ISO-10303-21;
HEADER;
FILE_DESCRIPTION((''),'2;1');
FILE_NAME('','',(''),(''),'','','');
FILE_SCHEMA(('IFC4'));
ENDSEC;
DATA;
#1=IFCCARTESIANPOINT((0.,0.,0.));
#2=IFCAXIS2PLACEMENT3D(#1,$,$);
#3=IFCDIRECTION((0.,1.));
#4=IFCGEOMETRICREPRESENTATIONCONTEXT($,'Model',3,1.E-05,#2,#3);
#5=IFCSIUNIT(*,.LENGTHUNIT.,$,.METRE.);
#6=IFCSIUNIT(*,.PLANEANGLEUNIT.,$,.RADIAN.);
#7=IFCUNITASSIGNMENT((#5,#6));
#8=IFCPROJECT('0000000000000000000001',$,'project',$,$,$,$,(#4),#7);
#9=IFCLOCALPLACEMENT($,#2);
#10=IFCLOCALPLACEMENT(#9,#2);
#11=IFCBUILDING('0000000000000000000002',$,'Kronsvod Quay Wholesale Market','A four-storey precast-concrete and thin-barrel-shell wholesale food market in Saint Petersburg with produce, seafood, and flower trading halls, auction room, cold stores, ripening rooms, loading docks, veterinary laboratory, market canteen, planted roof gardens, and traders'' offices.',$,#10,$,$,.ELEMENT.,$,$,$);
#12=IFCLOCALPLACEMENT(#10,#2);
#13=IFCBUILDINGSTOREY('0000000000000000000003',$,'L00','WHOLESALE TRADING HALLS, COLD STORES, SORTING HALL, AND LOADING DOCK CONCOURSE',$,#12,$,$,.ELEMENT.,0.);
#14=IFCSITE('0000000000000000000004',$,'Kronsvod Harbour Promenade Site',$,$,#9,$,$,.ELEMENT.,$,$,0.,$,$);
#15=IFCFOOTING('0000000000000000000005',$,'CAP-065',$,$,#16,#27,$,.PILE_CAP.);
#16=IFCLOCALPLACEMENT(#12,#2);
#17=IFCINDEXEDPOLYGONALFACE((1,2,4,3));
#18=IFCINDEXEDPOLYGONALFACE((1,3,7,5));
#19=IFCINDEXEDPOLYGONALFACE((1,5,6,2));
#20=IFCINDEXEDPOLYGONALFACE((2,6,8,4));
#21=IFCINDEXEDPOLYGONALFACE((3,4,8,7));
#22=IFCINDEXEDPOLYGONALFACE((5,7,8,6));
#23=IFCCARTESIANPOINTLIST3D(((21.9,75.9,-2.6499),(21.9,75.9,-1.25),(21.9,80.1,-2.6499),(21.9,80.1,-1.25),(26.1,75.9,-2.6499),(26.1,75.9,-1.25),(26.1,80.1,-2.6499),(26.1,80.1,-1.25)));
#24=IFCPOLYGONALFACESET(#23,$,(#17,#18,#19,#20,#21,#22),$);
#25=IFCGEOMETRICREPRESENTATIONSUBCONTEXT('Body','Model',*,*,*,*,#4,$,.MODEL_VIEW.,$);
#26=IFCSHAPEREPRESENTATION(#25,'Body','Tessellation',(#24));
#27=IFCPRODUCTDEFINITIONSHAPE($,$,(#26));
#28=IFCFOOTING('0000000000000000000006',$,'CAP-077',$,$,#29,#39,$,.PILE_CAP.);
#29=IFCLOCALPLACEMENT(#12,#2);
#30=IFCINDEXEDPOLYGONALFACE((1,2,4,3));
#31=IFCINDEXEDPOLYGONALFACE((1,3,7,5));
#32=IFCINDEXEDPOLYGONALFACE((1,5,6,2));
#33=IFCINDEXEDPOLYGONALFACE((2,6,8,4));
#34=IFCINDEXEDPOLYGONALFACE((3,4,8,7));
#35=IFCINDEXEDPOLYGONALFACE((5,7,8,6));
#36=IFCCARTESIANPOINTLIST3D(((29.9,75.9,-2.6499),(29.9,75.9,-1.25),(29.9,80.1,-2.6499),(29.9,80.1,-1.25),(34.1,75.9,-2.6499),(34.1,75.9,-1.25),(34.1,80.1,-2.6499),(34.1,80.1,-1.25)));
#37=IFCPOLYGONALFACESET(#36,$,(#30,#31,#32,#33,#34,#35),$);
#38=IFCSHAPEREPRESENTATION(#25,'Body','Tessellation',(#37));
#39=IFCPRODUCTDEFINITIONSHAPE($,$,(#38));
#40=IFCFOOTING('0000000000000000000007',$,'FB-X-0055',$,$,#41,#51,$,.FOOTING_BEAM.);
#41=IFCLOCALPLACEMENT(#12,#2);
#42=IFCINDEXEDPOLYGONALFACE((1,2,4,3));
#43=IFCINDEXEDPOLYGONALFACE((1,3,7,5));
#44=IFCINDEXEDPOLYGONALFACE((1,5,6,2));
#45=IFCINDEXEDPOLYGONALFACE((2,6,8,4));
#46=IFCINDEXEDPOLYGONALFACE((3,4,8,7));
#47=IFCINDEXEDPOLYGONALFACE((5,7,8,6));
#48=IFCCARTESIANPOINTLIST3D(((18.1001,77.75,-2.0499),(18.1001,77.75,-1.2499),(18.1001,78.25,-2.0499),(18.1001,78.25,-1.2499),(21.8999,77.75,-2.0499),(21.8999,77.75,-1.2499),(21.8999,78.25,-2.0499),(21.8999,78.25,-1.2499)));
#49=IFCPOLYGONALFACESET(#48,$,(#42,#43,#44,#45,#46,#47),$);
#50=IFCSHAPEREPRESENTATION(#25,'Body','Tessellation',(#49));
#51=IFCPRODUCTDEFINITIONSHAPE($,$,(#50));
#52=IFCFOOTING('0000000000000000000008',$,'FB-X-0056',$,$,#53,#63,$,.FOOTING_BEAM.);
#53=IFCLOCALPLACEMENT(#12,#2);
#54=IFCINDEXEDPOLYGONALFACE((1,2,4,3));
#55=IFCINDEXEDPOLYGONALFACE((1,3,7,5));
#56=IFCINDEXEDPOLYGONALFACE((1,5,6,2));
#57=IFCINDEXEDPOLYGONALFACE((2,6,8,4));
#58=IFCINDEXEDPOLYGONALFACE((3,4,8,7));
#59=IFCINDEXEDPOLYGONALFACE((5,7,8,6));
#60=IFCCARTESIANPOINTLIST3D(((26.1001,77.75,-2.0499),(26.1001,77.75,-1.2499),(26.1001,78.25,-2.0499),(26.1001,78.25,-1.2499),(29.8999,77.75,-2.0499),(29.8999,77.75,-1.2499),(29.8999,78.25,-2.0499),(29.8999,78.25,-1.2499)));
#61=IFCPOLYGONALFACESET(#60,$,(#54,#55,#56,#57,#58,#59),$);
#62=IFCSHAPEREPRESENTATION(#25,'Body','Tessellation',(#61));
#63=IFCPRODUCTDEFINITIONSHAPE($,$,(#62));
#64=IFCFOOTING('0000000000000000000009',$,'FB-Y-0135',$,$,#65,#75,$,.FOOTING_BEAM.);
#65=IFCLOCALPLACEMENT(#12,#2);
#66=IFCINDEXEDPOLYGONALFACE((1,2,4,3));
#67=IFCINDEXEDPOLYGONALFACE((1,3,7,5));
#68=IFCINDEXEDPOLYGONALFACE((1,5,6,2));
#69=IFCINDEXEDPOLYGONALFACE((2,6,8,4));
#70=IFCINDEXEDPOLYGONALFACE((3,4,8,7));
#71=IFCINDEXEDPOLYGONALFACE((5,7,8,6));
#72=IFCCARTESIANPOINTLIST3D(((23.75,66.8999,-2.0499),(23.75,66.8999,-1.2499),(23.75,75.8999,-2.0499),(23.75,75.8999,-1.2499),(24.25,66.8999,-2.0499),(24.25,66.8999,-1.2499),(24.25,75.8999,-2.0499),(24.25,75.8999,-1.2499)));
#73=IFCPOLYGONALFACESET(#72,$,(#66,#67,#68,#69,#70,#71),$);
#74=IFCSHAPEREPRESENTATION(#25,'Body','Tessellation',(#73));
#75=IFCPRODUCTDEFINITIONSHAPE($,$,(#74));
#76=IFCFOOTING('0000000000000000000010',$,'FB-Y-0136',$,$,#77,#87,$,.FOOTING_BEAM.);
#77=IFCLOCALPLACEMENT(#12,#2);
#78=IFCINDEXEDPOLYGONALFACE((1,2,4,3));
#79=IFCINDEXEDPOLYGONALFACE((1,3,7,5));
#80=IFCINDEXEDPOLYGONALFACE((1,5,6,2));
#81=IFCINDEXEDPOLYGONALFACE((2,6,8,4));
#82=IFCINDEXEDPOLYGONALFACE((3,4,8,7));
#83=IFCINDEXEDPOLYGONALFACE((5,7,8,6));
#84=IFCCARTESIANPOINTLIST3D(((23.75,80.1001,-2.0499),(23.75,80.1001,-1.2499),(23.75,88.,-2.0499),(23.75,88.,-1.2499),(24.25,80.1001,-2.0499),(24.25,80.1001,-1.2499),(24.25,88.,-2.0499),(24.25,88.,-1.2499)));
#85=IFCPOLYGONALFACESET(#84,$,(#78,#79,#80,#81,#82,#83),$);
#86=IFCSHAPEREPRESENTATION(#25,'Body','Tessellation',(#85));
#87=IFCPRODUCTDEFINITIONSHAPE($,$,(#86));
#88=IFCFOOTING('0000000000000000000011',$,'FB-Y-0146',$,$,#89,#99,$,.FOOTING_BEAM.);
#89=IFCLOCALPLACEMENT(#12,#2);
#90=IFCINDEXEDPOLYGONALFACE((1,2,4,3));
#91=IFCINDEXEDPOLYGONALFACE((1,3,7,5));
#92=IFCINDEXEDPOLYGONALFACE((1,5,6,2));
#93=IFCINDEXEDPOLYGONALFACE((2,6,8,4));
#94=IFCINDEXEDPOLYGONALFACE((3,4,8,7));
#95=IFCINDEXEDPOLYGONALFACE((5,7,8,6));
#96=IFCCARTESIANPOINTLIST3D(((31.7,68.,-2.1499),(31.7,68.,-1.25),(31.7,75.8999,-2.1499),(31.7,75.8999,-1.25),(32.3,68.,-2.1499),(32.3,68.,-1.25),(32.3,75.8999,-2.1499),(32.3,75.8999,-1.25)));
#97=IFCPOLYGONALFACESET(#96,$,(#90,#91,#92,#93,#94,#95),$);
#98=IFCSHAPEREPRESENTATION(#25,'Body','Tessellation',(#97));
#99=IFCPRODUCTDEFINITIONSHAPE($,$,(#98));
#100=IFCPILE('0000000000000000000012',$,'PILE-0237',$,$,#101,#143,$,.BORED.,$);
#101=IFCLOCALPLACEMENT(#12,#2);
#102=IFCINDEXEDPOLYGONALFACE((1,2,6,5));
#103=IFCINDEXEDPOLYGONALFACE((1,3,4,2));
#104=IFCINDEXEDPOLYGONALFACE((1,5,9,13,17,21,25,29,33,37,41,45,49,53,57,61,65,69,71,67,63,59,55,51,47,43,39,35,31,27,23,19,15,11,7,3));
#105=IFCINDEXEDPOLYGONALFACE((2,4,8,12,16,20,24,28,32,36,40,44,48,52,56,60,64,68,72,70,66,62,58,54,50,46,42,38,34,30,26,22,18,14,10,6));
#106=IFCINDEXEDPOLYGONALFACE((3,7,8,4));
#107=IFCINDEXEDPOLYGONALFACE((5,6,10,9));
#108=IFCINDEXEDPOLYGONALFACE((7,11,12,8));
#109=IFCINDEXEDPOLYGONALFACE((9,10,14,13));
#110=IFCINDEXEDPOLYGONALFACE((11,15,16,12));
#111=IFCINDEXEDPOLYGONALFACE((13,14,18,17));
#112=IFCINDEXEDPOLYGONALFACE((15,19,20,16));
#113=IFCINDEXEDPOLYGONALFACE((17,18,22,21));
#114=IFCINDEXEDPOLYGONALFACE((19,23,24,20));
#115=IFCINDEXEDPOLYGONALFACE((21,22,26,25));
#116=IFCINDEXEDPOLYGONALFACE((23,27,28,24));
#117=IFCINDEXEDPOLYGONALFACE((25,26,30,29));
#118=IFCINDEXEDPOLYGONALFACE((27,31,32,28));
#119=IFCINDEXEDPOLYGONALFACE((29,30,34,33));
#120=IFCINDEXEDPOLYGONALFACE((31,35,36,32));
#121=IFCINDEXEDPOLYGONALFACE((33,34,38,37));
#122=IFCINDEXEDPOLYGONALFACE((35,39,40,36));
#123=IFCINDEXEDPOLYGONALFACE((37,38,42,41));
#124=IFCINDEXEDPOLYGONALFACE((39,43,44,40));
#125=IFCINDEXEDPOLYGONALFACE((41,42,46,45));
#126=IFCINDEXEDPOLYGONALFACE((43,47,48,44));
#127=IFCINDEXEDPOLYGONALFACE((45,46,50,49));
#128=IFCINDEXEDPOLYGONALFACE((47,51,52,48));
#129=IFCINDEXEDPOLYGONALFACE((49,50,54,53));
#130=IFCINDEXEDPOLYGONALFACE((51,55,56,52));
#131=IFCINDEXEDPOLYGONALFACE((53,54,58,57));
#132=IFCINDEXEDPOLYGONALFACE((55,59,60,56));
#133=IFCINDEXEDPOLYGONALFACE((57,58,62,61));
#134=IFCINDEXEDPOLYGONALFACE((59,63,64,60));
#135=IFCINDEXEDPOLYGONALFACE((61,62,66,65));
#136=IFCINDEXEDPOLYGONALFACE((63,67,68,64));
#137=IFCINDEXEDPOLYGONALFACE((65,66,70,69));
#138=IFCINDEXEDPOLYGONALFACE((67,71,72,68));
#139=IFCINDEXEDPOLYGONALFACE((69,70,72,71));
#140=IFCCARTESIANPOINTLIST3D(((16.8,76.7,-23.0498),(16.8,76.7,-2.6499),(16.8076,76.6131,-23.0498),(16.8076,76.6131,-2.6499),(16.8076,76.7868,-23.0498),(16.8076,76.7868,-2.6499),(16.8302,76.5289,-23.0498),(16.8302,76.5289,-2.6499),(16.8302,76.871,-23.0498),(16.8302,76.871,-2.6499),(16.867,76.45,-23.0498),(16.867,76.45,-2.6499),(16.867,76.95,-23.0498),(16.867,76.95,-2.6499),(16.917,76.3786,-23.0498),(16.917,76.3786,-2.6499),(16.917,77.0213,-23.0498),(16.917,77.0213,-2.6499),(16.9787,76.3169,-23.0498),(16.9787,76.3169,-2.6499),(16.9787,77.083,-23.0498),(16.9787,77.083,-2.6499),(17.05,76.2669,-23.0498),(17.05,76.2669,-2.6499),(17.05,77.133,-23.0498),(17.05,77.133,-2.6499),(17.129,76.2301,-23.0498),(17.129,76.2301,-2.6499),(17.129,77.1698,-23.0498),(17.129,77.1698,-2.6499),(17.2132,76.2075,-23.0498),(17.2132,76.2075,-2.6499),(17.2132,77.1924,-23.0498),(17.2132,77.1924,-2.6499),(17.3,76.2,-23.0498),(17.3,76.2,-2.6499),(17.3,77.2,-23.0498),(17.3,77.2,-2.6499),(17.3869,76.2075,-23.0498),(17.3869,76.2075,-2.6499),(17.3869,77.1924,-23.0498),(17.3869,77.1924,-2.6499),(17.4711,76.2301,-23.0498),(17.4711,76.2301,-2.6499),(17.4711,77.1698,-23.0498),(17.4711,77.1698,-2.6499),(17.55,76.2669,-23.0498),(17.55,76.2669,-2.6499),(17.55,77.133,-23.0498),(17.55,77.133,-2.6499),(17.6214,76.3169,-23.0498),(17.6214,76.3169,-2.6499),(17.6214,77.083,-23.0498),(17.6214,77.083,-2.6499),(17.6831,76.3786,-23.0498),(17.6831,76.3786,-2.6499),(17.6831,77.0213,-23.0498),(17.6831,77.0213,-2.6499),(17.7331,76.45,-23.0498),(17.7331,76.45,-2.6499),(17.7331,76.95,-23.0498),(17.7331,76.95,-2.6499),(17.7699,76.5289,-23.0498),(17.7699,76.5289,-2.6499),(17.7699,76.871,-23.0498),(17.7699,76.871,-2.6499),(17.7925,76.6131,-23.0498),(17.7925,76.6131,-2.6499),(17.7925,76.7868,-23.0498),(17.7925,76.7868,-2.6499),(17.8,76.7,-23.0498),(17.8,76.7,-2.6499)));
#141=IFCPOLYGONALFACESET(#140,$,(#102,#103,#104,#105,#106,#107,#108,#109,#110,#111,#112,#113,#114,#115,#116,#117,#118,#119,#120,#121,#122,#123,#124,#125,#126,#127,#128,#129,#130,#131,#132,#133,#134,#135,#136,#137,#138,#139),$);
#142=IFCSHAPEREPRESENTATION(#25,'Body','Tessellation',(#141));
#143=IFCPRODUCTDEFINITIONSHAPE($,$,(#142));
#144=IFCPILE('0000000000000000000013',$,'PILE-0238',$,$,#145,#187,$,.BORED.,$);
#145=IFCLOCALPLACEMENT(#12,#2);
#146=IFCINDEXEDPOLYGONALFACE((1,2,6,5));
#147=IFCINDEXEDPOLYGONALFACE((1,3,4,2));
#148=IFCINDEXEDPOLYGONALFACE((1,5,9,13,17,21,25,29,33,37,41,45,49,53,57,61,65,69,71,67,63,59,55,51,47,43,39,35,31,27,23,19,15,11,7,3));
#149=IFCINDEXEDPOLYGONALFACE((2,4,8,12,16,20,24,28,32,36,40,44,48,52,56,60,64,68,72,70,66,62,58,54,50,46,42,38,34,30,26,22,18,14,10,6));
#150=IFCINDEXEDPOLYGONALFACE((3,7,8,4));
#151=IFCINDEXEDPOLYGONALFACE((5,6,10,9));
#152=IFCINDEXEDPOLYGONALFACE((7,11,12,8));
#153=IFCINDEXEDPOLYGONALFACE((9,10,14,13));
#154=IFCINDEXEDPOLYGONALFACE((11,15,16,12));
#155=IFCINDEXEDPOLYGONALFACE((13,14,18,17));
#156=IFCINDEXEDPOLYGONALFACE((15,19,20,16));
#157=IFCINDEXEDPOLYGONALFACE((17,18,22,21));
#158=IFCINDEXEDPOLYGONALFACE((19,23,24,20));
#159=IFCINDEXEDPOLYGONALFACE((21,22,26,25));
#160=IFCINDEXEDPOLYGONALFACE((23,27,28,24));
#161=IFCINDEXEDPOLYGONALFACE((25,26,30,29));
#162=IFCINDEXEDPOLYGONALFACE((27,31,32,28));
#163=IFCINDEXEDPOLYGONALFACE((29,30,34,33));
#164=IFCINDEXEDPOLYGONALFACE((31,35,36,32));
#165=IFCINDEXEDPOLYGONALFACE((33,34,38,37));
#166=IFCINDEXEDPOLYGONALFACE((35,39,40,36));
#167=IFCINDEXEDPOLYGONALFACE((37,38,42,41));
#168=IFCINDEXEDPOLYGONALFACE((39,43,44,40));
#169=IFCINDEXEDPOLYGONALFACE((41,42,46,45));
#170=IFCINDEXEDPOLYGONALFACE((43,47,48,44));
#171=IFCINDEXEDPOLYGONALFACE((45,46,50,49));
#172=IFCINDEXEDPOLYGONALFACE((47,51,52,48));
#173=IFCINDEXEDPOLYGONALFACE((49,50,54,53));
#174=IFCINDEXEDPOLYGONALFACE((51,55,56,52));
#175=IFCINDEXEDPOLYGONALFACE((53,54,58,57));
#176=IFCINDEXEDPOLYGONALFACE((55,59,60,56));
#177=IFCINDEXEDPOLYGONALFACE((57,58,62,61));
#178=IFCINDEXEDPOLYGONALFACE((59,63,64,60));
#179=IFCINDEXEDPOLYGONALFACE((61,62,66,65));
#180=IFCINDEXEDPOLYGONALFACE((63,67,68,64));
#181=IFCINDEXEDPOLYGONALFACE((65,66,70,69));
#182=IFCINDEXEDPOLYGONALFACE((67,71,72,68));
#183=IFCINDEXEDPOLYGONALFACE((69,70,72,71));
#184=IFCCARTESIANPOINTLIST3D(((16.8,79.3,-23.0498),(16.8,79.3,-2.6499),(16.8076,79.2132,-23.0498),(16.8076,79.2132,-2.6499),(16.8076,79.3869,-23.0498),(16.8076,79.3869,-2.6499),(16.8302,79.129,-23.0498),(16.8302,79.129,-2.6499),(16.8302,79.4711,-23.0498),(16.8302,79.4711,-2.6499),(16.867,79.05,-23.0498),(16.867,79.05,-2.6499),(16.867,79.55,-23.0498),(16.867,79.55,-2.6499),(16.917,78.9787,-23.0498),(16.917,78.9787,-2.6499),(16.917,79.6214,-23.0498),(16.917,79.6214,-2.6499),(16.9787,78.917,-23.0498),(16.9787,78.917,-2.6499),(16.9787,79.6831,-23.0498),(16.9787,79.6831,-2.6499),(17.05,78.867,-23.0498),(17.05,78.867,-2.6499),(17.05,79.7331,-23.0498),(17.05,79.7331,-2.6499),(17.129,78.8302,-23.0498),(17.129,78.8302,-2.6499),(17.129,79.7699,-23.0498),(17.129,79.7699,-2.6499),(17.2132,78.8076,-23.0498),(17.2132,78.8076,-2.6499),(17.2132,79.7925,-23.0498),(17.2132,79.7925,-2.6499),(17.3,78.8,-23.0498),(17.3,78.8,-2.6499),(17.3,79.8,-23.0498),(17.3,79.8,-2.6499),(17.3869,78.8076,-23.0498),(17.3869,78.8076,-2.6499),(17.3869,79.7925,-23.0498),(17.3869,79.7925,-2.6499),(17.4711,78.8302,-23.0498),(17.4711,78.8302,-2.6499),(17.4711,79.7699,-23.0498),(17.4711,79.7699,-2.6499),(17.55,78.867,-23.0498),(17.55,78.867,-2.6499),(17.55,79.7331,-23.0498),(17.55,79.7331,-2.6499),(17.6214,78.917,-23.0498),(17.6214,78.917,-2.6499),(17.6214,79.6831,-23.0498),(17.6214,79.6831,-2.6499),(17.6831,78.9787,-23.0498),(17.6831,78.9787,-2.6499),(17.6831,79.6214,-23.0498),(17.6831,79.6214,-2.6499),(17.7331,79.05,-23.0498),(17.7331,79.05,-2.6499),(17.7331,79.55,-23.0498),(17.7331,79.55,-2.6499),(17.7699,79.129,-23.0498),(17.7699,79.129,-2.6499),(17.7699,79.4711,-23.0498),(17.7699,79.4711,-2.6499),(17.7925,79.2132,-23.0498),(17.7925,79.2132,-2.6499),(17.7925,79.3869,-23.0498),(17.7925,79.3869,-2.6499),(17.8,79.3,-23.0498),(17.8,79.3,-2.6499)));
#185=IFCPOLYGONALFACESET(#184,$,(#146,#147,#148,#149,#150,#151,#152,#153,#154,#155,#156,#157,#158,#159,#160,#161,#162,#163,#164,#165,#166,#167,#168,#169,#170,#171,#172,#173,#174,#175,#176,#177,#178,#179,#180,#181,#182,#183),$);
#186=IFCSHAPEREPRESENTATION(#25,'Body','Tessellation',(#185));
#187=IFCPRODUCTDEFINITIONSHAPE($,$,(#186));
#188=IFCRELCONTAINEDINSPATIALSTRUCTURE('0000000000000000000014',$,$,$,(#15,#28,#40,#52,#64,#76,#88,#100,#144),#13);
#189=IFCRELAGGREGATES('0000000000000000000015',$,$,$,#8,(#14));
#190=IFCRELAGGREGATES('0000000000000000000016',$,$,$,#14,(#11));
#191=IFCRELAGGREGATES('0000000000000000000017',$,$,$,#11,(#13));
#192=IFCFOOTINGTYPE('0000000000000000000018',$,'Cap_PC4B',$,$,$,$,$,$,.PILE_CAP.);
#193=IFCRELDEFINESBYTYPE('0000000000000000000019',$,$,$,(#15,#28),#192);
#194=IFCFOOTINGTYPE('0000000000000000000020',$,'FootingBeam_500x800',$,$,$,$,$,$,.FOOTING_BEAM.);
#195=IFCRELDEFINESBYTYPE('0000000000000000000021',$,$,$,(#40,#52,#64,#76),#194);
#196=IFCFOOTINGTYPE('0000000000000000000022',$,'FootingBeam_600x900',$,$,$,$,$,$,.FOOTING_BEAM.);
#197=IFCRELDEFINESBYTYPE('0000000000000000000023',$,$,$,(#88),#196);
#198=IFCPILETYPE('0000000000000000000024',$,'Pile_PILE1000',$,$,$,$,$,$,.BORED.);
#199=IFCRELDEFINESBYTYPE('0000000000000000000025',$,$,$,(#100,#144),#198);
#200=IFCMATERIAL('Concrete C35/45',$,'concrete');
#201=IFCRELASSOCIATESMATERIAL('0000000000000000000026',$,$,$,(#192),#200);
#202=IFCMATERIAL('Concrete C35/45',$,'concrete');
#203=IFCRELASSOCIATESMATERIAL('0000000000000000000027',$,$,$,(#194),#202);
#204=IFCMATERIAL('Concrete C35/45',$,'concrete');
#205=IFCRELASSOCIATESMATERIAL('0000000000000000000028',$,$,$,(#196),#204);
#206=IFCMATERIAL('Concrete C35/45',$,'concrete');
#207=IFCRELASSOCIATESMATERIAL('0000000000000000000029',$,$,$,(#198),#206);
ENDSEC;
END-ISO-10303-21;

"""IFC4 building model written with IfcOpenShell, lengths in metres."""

from ifc_helpers import new_model, si_unit, direction, frame, origin, origin_2d, place, context, subcontext, project, spatial, rectangle, circle, extrude, material, material_profile, profile_set, type_object, element, save


model = new_model("IFC4")

# Units and contexts
model_context = context("Model", 3, precision=1e-05, world=origin(), true_north=direction((0.0, 1.0)))
body_context = subcontext(model_context, "Body", "Model", "MODEL_VIEW")
ifc_project = project(units=[si_unit("LENGTHUNIT", "METRE"), si_unit("PLANEANGLEUNIT", "RADIAN")], contexts=[model_context])

# Site, building, storey
site_placement = place(None, origin())
site = spatial("IfcSite", under=ifc_project, at=site_placement, Name="Kronsvod Harbour Promenade Site", CompositionType="ELEMENT", RefElevation=0.0)
building_placement = place(site_placement, origin())
building = spatial("IfcBuilding", under=site, at=building_placement, Name="Kronsvod Quay Wholesale Market", Description="A four-storey precast-concrete and thin-barrel-shell wholesale food market in Saint Petersburg with produce, seafood, and flower trading halls, auction room, cold stores, ripening rooms, loading docks, veterinary laboratory, market canteen, planted roof gardens, and traders' offices.", CompositionType="ELEMENT")
storey_placement = place(building_placement, origin())
storey = spatial("IfcBuildingStorey", under=building, at=storey_placement, Name="L00", Description="WHOLESALE TRADING HALLS, COLD STORES, SORTING HALL, AND LOADING DOCK CONCOURSE", CompositionType="ELEMENT", Elevation=0.0)

# Footings
ifc_material_1 = material(Name="Concrete C35/45", Category="concrete")
footing_type_1 = type_object("IfcFootingType", Name="Cap_PC4B", PredefinedType="PILE_CAP", material=ifc_material_1)
for number, where, z_axis, x_axis, name in (
    (1, (24.0, 78.0, -2.6499), (0.0, 0.0, 1.0), (1.0, 0.0, 0.0), "CAP-065"),
    (2, (32.0, 78.0, -2.6499), (0.0, 0.0, 1.0), (1.0, 0.0, 0.0), "CAP-077"),
):
    element("IfcFooting", number, at=place(storey_placement, frame(where, z_axis=z_axis, x_axis=x_axis)), inside=storey, type_object=footing_type_1, Name=name, PredefinedType="PILE_CAP", context=body_context, shape_type="SweptSolid", body=[
        extrude(rectangle(XDim=4.2, YDim=4.2, at=origin_2d()), origin(), (0.0, 0.0, 1.0), 1.3999),
    ])
ifc_material_2 = material(Name="Concrete C35/45", Category="concrete")
ifc_material_profile_1 = material_profile(ifc_material_2, rectangle(XDim=0.5, YDim=0.8, at=origin_2d()), Name="FB-01")
ifc_profile_set_1 = profile_set([ifc_material_profile_1], Name="Concrete C35/45")
footing_type_2 = type_object("IfcFootingType", Name="FootingBeam_500x800", PredefinedType="FOOTING_BEAM", material=ifc_profile_set_1)
for number, where, z_axis, x_axis, name in (
    (3, (18.1001, 78.0, -1.6499), (1.0, 0.0, 0.0), (0.0, 1.0, 0.0), "FB-X-0055"),
    (4, (26.1001, 78.0, -1.6499), (1.0, 0.0, 0.0), (0.0, 1.0, 0.0), "FB-X-0056"),
):
    element("IfcFooting", number, at=place(storey_placement, frame(where, z_axis=z_axis, x_axis=x_axis)), inside=storey, type_object=footing_type_2, Name=name, PredefinedType="FOOTING_BEAM", context=body_context, shape_type="SweptSolid", body=[
        extrude(rectangle(XDim=0.5, YDim=0.8, at=origin_2d()), origin(), (0.0, 0.0, 1.0), 3.7998),
    ])
footing_1_placement = place(storey_placement, frame((24.0, 66.8999, -1.6499), z_axis=(0.0, 1.0, 0.0), x_axis=(-1.0, 0.0, 0.0)))
element("IfcFooting", 5, at=footing_1_placement, inside=storey, type_object=footing_type_2, Name="FB-Y-0135", PredefinedType="FOOTING_BEAM", context=body_context, shape_type="SweptSolid", body=[
    extrude(rectangle(XDim=0.5, YDim=0.8, at=origin_2d()), origin(), (0.0, 0.0, 1.0), 9.0),
])
footing_2_placement = place(storey_placement, frame((24.0, 80.1001, -1.6499), z_axis=(0.0, 1.0, 0.0), x_axis=(-1.0, 0.0, 0.0)))
element("IfcFooting", 6, at=footing_2_placement, inside=storey, type_object=footing_type_2, Name="FB-Y-0136", PredefinedType="FOOTING_BEAM", context=body_context, shape_type="SweptSolid", body=[
    extrude(rectangle(XDim=0.5, YDim=0.8, at=origin_2d()), origin(), (0.0, 0.0, 1.0), 7.8999),
])
ifc_material_3 = material(Name="Concrete C35/45", Category="concrete")
ifc_material_profile_2 = material_profile(ifc_material_3, rectangle(XDim=0.6001, YDim=0.8999, at=origin_2d()), Name="FB-02")
ifc_profile_set_2 = profile_set([ifc_material_profile_2], Name="Concrete C35/45")
footing_type_3 = type_object("IfcFootingType", Name="FootingBeam_600x900", PredefinedType="FOOTING_BEAM", material=ifc_profile_set_2)
footing_3_placement = place(storey_placement, frame((32.0, 68.0, -1.7), z_axis=(0.0, 1.0, 0.0), x_axis=(-1.0, 0.0, 0.0)))
element("IfcFooting", 7, at=footing_3_placement, inside=storey, type_object=footing_type_3, Name="FB-Y-0146", PredefinedType="FOOTING_BEAM", context=body_context, shape_type="SweptSolid", body=[
    extrude(rectangle(XDim=0.6001, YDim=0.8999, at=origin_2d()), origin(), (0.0, 0.0, 1.0), 7.8999),
])

# Piles
ifc_material_4 = material(Name="Concrete C35/45", Category="concrete")
ifc_material_profile_3 = material_profile(ifc_material_4, circle(Radius=0.5, at=origin_2d()), Name="PILE1000")
ifc_profile_set_3 = profile_set([ifc_material_profile_3], Name="Concrete C35/45")
pile_type_1 = type_object("IfcPileType", Name="Pile_PILE1000", PredefinedType="BORED", material=ifc_profile_set_3)
for number, where, z_axis, x_axis, name in (
    (8, (17.3, 76.7, -2.6499), (0.0, 0.0, -1.0), (1.0, 0.0, 0.0), "PILE-0237"),
    (9, (17.3, 79.3, -2.6499), (0.0, 0.0, -1.0), (1.0, 0.0, 0.0), "PILE-0238"),
):
    element("IfcPile", number, at=place(storey_placement, frame(where, z_axis=z_axis, x_axis=x_axis)), inside=storey, type_object=pile_type_1, Name=name, PredefinedType="BORED", context=body_context, shape_type="SweptSolid", body=[
        extrude(circle(Radius=0.5, at=origin_2d()), origin(), (0.0, 0.0, 1.0), 20.3999),
    ])

save(model, "model.ifc")
